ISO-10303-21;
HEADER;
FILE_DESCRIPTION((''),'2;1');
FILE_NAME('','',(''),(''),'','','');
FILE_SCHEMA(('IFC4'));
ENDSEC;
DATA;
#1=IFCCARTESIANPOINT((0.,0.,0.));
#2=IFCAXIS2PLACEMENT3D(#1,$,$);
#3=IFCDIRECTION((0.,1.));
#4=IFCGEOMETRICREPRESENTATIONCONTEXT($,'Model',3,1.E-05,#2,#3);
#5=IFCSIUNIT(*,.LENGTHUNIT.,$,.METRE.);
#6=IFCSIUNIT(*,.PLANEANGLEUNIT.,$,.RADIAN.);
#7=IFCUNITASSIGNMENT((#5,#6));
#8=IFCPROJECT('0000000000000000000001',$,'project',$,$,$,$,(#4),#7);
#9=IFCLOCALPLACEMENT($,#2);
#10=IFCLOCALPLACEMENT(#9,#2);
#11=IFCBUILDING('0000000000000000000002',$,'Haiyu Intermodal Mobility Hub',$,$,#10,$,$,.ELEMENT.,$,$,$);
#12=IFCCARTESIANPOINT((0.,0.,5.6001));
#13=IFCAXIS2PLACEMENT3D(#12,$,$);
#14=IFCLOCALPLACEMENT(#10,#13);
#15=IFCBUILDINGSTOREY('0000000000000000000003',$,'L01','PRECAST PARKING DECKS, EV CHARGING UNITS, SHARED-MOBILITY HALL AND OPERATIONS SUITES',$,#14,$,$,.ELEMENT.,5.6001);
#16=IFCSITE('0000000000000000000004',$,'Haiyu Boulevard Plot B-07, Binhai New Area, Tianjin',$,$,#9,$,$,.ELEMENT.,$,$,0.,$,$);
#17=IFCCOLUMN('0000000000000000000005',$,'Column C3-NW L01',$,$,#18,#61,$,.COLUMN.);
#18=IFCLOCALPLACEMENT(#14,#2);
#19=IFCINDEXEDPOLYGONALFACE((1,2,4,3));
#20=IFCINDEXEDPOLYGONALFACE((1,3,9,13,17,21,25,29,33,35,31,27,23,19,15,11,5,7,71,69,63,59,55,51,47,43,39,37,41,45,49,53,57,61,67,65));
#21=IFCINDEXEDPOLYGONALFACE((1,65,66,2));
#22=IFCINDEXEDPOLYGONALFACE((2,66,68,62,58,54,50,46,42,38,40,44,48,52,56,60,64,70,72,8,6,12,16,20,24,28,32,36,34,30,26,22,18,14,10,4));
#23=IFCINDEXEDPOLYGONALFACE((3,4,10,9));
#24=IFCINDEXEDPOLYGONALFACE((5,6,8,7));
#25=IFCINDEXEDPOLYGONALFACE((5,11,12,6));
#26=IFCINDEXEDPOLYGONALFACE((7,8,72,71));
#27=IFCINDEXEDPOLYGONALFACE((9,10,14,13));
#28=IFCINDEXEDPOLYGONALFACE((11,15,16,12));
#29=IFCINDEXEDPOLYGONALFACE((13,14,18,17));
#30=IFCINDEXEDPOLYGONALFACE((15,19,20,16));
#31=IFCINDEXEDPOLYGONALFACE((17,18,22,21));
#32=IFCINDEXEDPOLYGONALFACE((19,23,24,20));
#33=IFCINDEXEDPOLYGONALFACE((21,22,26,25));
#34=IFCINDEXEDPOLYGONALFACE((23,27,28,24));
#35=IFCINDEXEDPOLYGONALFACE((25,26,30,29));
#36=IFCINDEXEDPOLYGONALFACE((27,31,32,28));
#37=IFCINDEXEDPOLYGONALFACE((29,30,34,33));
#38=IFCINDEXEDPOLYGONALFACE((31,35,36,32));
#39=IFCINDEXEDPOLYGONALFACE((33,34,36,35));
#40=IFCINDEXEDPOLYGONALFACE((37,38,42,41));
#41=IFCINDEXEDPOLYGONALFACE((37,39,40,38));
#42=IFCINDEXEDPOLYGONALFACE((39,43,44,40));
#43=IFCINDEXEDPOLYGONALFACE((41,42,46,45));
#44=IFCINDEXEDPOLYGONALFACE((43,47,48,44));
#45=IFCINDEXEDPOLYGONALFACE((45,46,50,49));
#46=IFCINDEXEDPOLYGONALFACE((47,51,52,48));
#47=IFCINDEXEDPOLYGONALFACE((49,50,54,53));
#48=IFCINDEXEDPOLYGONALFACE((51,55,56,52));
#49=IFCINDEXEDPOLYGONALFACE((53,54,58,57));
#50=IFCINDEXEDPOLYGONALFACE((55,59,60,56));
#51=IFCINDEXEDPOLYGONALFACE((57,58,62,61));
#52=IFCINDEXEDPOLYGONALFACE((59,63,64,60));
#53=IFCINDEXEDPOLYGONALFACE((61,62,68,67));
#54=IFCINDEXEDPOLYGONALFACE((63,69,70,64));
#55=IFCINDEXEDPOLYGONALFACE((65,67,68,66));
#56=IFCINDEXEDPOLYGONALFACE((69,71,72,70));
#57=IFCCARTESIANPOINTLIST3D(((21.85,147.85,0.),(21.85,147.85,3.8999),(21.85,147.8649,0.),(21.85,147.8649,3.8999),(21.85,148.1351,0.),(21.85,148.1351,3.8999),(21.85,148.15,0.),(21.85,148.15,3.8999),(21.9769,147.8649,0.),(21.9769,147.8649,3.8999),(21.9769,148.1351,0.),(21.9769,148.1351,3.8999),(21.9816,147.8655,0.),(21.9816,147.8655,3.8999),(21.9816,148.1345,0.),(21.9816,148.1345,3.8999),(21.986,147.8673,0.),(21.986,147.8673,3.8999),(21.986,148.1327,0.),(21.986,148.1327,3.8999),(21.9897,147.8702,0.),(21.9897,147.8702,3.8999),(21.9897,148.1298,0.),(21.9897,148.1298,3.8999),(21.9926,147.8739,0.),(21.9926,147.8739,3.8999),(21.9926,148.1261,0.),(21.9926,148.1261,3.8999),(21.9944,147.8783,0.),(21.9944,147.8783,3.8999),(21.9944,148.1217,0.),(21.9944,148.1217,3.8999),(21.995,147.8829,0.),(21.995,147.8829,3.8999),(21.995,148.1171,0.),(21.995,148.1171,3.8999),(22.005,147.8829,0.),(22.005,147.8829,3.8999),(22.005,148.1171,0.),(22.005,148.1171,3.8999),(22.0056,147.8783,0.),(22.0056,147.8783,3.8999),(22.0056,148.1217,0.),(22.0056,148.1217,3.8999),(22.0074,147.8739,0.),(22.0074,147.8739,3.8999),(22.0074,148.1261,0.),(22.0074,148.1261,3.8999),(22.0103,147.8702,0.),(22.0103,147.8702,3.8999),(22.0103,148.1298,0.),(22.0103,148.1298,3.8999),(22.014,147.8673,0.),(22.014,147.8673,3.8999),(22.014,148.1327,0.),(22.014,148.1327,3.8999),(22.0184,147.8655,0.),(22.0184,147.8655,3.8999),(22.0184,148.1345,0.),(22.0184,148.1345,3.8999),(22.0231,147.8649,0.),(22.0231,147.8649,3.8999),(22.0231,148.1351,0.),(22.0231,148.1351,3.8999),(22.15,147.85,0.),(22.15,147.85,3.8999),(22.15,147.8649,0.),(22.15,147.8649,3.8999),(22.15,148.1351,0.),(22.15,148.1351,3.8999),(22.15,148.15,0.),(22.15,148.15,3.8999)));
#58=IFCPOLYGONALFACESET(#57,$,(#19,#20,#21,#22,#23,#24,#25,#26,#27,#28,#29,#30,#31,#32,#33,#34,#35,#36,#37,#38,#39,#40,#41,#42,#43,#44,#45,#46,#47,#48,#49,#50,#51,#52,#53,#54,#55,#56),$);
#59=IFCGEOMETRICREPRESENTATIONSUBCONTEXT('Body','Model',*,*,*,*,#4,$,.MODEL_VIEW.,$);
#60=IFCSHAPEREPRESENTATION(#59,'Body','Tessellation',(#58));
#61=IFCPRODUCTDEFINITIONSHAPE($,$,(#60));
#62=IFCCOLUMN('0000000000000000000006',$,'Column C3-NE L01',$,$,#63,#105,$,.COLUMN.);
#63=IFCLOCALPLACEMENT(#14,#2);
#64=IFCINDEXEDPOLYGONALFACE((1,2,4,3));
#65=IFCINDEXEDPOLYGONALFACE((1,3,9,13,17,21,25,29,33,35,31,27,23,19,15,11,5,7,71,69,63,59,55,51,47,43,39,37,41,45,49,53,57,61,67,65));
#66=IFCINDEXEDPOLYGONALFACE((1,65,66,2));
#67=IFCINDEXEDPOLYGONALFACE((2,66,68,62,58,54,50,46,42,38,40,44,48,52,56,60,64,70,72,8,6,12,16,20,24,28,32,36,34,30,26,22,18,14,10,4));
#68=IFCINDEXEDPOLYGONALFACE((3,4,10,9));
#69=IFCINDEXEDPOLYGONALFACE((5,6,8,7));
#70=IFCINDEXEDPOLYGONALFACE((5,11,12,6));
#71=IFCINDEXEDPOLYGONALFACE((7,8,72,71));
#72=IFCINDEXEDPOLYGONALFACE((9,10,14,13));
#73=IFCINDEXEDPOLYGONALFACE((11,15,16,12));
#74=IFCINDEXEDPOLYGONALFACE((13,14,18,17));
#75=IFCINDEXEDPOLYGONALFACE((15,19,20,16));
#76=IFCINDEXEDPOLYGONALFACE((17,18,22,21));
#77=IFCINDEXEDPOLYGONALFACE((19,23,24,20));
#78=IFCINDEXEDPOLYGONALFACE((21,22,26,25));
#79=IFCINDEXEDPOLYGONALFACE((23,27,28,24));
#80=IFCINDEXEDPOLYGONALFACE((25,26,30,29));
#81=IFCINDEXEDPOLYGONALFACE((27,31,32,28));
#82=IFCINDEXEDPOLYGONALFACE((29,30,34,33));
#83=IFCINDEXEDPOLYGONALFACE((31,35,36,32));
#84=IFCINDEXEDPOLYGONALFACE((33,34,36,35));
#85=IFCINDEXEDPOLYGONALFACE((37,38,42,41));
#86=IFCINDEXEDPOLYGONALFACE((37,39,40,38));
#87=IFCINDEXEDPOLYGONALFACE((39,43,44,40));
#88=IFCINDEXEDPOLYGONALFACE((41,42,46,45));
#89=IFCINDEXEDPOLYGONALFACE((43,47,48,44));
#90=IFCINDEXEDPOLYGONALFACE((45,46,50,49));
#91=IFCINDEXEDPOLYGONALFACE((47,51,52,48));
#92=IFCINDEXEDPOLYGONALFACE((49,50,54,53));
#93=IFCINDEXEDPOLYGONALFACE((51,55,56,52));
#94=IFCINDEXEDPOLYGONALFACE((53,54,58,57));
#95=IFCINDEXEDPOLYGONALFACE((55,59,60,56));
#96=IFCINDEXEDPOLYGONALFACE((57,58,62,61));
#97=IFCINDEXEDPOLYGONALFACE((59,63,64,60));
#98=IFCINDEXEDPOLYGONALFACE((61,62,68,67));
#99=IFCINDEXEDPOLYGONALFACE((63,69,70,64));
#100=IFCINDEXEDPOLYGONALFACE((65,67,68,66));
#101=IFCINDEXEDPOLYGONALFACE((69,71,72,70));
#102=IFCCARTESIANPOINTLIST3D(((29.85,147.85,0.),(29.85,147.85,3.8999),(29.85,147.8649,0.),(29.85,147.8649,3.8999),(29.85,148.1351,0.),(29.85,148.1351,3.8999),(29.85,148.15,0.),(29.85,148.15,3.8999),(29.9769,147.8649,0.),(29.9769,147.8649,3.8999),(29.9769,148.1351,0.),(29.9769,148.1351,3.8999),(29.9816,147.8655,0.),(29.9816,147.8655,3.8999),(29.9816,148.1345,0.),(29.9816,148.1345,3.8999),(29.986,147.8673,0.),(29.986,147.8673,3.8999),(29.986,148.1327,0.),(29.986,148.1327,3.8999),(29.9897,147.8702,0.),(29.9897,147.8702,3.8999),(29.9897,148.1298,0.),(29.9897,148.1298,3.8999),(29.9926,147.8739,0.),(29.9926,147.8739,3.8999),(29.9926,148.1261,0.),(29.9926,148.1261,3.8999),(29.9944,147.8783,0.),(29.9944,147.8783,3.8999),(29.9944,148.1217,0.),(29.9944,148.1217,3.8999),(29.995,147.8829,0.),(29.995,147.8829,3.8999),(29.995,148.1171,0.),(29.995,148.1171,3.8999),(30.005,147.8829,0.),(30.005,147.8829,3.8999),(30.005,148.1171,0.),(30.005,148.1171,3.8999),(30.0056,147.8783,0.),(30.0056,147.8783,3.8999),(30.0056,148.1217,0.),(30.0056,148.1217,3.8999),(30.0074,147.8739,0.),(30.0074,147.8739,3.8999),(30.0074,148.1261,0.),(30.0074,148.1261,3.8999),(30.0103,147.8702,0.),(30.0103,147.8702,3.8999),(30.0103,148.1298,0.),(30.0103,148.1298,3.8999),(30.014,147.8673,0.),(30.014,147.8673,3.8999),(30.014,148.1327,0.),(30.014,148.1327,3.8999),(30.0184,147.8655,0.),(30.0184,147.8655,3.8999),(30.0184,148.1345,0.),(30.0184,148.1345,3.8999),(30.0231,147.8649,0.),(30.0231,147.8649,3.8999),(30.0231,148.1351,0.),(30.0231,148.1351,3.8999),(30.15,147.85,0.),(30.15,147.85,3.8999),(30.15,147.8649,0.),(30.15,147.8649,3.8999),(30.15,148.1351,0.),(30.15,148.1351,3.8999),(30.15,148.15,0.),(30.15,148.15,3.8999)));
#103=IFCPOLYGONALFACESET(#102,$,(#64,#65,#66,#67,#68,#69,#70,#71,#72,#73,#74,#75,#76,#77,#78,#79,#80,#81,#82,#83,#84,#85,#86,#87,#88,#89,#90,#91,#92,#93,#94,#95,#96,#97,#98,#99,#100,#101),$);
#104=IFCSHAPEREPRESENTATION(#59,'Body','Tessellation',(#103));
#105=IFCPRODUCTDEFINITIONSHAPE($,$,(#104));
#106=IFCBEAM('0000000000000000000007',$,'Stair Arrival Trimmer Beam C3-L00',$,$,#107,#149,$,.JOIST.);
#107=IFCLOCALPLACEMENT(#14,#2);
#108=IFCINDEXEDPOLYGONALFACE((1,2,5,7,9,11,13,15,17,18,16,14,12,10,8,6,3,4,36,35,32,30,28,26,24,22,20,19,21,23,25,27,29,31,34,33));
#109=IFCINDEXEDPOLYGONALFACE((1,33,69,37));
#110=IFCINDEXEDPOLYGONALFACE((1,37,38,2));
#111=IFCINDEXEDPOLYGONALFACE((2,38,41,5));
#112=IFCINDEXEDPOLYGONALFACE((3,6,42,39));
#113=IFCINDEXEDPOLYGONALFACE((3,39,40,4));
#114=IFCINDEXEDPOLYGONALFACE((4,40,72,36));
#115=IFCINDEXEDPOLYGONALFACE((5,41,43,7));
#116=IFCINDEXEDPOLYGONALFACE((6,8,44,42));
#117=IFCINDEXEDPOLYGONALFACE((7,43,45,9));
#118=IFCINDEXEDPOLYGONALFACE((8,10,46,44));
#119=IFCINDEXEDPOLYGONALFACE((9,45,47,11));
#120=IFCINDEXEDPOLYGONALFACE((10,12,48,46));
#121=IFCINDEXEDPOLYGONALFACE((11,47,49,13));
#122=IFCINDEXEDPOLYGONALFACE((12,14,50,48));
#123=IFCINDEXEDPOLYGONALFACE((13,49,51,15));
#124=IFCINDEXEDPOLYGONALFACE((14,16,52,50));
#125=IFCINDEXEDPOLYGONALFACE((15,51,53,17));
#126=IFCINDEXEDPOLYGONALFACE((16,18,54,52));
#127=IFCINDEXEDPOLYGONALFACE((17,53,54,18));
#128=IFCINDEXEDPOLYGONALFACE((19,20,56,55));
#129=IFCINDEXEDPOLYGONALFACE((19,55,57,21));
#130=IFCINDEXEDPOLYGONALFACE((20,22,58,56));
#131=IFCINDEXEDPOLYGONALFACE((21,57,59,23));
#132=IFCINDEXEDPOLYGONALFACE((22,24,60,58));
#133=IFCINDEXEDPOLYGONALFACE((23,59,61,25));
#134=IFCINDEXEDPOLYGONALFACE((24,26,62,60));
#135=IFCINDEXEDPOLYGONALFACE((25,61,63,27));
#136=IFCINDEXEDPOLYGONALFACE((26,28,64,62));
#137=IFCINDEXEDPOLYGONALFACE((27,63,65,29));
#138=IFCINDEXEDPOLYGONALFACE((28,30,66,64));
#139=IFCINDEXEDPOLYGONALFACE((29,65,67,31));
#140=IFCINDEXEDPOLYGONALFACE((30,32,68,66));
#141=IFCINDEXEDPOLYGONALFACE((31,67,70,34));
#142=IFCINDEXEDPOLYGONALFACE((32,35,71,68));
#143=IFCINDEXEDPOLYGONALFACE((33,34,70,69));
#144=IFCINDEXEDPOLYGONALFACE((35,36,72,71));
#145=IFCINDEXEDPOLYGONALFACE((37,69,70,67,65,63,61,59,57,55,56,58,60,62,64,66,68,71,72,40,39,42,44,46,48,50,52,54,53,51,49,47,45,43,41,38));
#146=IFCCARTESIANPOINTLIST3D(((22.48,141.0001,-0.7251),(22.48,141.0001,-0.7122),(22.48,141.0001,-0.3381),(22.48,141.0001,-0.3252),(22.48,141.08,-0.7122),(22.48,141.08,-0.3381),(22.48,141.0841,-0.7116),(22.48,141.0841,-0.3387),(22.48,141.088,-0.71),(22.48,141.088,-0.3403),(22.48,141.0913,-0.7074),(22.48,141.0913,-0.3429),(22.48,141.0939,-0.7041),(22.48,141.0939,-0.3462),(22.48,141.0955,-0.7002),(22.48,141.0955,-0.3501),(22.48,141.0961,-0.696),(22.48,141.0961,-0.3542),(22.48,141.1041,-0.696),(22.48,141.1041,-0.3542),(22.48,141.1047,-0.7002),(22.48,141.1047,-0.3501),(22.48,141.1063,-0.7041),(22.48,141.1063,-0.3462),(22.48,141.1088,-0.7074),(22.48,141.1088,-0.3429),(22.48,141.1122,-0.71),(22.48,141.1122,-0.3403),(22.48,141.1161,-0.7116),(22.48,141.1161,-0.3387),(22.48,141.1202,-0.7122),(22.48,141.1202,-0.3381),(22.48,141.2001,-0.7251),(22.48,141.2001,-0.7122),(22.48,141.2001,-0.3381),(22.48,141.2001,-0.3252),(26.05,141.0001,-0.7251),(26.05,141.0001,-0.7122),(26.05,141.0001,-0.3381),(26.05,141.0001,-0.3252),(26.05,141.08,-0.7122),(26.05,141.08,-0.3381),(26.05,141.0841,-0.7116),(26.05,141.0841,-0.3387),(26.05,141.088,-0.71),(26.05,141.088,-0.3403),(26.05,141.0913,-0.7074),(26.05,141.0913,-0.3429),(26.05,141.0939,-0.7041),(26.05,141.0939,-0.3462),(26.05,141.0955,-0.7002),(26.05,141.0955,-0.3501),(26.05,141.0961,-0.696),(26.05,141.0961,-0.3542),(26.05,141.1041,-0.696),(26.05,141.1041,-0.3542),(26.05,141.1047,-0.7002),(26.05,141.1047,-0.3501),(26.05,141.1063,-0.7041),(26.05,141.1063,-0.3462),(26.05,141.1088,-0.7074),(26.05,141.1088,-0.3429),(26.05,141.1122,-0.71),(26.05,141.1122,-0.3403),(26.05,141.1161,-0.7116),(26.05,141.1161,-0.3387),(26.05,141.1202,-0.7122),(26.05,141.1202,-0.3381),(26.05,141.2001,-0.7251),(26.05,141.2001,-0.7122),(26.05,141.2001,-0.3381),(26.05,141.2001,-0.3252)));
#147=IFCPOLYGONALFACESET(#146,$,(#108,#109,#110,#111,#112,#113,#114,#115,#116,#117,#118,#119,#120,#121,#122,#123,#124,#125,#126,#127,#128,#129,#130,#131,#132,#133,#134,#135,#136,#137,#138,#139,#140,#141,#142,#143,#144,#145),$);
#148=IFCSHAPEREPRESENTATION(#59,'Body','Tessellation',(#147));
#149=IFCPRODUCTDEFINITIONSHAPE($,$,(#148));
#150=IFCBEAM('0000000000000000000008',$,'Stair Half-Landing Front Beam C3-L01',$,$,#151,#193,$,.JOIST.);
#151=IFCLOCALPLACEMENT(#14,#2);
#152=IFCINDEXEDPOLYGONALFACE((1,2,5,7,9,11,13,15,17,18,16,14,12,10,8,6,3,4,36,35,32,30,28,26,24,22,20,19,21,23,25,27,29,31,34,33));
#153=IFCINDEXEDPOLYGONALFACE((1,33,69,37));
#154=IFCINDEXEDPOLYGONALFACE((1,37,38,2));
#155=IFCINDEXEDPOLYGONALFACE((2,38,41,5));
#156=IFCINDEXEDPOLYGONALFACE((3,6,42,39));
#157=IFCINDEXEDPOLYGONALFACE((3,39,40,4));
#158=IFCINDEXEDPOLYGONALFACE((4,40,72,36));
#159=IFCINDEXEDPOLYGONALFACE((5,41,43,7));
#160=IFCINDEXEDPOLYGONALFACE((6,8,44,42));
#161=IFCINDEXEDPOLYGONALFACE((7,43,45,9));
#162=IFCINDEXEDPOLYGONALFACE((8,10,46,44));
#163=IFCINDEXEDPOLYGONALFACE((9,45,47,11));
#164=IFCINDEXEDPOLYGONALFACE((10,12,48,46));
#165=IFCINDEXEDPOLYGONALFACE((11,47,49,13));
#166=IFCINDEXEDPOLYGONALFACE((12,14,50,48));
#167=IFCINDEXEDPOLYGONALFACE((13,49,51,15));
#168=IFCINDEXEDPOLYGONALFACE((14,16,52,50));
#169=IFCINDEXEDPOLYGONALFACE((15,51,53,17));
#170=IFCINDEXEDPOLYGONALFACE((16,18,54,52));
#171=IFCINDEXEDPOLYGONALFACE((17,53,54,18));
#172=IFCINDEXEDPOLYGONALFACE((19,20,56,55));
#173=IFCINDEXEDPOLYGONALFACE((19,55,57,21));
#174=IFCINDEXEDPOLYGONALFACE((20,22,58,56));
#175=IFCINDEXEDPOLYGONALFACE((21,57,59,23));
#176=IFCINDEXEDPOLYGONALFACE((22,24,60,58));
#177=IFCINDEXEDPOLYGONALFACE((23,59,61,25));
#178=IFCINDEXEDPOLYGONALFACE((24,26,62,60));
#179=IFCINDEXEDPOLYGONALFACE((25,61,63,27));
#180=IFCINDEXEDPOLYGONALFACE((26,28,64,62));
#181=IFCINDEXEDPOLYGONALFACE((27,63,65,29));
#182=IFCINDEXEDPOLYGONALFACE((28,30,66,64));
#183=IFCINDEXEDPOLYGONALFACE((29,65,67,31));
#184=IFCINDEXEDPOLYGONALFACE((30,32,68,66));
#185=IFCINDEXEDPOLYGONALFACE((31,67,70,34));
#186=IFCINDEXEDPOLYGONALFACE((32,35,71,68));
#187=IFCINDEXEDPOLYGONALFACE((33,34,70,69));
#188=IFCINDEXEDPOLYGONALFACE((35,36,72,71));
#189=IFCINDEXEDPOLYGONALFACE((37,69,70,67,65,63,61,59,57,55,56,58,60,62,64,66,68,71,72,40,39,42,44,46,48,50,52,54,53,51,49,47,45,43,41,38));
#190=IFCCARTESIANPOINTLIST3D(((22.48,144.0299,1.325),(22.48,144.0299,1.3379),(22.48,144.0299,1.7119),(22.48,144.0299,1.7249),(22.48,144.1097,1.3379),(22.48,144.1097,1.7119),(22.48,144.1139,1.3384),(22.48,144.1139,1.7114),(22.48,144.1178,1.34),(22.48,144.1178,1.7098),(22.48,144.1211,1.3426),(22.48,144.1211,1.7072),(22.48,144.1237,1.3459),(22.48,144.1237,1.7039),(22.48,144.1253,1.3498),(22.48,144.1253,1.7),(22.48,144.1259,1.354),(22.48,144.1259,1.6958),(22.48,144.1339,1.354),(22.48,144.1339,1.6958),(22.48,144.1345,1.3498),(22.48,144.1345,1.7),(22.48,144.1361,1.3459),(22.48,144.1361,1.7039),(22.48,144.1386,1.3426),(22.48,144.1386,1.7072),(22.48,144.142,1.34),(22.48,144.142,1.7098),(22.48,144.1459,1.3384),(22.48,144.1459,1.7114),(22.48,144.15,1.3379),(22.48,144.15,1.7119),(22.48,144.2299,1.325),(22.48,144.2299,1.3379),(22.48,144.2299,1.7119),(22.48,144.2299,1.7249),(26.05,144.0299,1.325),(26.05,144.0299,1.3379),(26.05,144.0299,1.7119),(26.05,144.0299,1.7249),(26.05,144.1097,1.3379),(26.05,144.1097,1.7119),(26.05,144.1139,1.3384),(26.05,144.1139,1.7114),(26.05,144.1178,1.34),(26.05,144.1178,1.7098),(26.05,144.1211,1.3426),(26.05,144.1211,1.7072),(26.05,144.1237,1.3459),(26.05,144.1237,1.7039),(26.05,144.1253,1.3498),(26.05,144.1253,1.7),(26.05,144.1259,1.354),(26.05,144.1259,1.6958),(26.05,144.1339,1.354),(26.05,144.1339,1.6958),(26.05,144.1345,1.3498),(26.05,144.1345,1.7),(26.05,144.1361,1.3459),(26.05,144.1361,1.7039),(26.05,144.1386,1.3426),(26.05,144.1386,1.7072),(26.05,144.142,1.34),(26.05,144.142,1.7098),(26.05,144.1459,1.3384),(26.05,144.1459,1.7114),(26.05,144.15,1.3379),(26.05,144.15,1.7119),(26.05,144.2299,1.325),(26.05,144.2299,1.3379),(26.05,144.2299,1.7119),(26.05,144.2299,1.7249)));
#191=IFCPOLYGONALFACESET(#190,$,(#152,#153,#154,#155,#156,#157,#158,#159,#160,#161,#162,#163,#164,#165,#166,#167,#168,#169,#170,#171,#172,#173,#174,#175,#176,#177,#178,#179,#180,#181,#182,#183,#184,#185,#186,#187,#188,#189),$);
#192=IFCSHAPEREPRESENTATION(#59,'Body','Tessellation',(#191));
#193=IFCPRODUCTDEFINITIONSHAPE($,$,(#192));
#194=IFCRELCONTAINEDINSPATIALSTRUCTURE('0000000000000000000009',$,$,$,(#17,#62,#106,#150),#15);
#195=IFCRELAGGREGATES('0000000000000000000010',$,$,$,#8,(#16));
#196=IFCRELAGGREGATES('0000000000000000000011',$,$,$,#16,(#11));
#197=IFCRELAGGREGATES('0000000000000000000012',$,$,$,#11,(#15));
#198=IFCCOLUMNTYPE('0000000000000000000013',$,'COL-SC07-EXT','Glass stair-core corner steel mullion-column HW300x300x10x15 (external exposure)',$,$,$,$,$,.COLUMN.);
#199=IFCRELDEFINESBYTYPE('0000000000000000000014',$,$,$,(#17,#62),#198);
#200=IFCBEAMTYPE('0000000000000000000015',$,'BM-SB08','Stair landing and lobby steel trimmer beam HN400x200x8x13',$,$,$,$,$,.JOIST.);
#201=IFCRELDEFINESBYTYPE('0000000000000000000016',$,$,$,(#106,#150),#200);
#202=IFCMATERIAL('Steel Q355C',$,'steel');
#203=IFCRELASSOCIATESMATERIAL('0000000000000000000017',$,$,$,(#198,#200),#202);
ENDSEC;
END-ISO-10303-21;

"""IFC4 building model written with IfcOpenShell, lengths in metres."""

from ifc_helpers import new_model, si_unit, direction, frame, origin, origin_2d, place, context, subcontext, project, spatial, i_section, extrude, material, material_profile, profile_set, type_object, element, save


model = new_model("IFC4")

# Units and contexts
model_context = context("Model", 3, precision=1e-05, world=origin(), true_north=direction((0.0, 1.0)))
body_context = subcontext(model_context, "Body", "Model", "MODEL_VIEW")
ifc_project = project(units=[si_unit("LENGTHUNIT", "METRE"), si_unit("PLANEANGLEUNIT", "RADIAN")], contexts=[model_context])

# Site, building, storey
site_placement = place(None, origin())
site = spatial("IfcSite", under=ifc_project, at=site_placement, Name="Haiyu Boulevard Plot B-07, Binhai New Area, Tianjin", CompositionType="ELEMENT", RefElevation=0.0)
building_placement = place(site_placement, origin())
building = spatial("IfcBuilding", under=site, at=building_placement, Name="Haiyu Intermodal Mobility Hub", CompositionType="ELEMENT")
storey_placement = place(building_placement, frame((0.0, 0.0, 5.6001)))
storey = spatial("IfcBuildingStorey", under=building, at=storey_placement, Name="L01", Description="PRECAST PARKING DECKS, EV CHARGING UNITS, SHARED-MOBILITY HALL AND OPERATIONS SUITES", CompositionType="ELEMENT", Elevation=5.6001)

# Columns
ifc_material_1 = material(Name="Steel Q355C", Category="steel")
ifc_material_profile_1 = material_profile(ifc_material_1, i_section(OverallWidth=0.3, OverallDepth=0.3, WebThickness=0.01, FlangeThickness=0.0149, FilletRadius=0.0181, at=origin_2d()), Name="HW300x300x10x15")
ifc_profile_set_1 = profile_set([ifc_material_profile_1], Name="Steel Q355C")
column_type_1 = type_object("IfcColumnType", Name="COL-SC07-EXT", Description="Glass stair-core corner steel mullion-column HW300x300x10x15 (external exposure)", PredefinedType="COLUMN", material=ifc_profile_set_1)
for number, where, z_axis, x_axis, name in (
    (1, (22.0, 148.0, 0.0), (0.0, 0.0, 1.0), (1.0, 0.0, 0.0), "Column C3-NW L01"),
    (2, (30.0, 148.0, 0.0), (0.0, 0.0, 1.0), (1.0, 0.0, 0.0), "Column C3-NE L01"),
):
    element("IfcColumn", number, at=place(storey_placement, frame(where, z_axis=z_axis, x_axis=x_axis)), inside=storey, type_object=column_type_1, Name=name, PredefinedType="COLUMN", context=body_context, shape_type="SweptSolid", body=[
        extrude(i_section(OverallWidth=0.3, OverallDepth=0.3, WebThickness=0.01, FlangeThickness=0.0149, FilletRadius=0.0181, at=origin_2d()), origin(), (0.0, 0.0, 1.0), 3.8999),
    ])

# Beams
ifc_material_profile_2 = material_profile(ifc_material_1, i_section(OverallWidth=0.2, OverallDepth=0.3999, WebThickness=0.0081, FlangeThickness=0.0129, FilletRadius=0.0161, at=origin_2d()), Name="HN400x200x8x13")
ifc_profile_set_2 = profile_set([ifc_material_profile_2], Name="Steel Q355C")
beam_type_1 = type_object("IfcBeamType", Name="BM-SB08", Description="Stair landing and lobby steel trimmer beam HN400x200x8x13", PredefinedType="JOIST", material=ifc_profile_set_2)
for number, where, z_axis, x_axis, name in (
    (3, (22.48, 141.1001, -0.5251), (1.0, 0.0, 0.0), (0.0, 1.0, 0.0), "Stair Arrival Trimmer Beam C3-L00"),
    (4, (22.48, 144.1299, 1.5249), (1.0, 0.0, 0.0), (0.0, 1.0, 0.0), "Stair Half-Landing Front Beam C3-L01"),
):
    element("IfcBeam", number, at=place(storey_placement, frame(where, z_axis=z_axis, x_axis=x_axis)), inside=storey, type_object=beam_type_1, Name=name, PredefinedType="JOIST", context=body_context, shape_type="SweptSolid", body=[
        extrude(i_section(OverallWidth=0.2, OverallDepth=0.3999, WebThickness=0.0081, FlangeThickness=0.0129, FilletRadius=0.0161, at=origin_2d()), origin(), (0.0, 0.0, 1.0), 3.5701),
    ])

save(model, "model.ifc")
